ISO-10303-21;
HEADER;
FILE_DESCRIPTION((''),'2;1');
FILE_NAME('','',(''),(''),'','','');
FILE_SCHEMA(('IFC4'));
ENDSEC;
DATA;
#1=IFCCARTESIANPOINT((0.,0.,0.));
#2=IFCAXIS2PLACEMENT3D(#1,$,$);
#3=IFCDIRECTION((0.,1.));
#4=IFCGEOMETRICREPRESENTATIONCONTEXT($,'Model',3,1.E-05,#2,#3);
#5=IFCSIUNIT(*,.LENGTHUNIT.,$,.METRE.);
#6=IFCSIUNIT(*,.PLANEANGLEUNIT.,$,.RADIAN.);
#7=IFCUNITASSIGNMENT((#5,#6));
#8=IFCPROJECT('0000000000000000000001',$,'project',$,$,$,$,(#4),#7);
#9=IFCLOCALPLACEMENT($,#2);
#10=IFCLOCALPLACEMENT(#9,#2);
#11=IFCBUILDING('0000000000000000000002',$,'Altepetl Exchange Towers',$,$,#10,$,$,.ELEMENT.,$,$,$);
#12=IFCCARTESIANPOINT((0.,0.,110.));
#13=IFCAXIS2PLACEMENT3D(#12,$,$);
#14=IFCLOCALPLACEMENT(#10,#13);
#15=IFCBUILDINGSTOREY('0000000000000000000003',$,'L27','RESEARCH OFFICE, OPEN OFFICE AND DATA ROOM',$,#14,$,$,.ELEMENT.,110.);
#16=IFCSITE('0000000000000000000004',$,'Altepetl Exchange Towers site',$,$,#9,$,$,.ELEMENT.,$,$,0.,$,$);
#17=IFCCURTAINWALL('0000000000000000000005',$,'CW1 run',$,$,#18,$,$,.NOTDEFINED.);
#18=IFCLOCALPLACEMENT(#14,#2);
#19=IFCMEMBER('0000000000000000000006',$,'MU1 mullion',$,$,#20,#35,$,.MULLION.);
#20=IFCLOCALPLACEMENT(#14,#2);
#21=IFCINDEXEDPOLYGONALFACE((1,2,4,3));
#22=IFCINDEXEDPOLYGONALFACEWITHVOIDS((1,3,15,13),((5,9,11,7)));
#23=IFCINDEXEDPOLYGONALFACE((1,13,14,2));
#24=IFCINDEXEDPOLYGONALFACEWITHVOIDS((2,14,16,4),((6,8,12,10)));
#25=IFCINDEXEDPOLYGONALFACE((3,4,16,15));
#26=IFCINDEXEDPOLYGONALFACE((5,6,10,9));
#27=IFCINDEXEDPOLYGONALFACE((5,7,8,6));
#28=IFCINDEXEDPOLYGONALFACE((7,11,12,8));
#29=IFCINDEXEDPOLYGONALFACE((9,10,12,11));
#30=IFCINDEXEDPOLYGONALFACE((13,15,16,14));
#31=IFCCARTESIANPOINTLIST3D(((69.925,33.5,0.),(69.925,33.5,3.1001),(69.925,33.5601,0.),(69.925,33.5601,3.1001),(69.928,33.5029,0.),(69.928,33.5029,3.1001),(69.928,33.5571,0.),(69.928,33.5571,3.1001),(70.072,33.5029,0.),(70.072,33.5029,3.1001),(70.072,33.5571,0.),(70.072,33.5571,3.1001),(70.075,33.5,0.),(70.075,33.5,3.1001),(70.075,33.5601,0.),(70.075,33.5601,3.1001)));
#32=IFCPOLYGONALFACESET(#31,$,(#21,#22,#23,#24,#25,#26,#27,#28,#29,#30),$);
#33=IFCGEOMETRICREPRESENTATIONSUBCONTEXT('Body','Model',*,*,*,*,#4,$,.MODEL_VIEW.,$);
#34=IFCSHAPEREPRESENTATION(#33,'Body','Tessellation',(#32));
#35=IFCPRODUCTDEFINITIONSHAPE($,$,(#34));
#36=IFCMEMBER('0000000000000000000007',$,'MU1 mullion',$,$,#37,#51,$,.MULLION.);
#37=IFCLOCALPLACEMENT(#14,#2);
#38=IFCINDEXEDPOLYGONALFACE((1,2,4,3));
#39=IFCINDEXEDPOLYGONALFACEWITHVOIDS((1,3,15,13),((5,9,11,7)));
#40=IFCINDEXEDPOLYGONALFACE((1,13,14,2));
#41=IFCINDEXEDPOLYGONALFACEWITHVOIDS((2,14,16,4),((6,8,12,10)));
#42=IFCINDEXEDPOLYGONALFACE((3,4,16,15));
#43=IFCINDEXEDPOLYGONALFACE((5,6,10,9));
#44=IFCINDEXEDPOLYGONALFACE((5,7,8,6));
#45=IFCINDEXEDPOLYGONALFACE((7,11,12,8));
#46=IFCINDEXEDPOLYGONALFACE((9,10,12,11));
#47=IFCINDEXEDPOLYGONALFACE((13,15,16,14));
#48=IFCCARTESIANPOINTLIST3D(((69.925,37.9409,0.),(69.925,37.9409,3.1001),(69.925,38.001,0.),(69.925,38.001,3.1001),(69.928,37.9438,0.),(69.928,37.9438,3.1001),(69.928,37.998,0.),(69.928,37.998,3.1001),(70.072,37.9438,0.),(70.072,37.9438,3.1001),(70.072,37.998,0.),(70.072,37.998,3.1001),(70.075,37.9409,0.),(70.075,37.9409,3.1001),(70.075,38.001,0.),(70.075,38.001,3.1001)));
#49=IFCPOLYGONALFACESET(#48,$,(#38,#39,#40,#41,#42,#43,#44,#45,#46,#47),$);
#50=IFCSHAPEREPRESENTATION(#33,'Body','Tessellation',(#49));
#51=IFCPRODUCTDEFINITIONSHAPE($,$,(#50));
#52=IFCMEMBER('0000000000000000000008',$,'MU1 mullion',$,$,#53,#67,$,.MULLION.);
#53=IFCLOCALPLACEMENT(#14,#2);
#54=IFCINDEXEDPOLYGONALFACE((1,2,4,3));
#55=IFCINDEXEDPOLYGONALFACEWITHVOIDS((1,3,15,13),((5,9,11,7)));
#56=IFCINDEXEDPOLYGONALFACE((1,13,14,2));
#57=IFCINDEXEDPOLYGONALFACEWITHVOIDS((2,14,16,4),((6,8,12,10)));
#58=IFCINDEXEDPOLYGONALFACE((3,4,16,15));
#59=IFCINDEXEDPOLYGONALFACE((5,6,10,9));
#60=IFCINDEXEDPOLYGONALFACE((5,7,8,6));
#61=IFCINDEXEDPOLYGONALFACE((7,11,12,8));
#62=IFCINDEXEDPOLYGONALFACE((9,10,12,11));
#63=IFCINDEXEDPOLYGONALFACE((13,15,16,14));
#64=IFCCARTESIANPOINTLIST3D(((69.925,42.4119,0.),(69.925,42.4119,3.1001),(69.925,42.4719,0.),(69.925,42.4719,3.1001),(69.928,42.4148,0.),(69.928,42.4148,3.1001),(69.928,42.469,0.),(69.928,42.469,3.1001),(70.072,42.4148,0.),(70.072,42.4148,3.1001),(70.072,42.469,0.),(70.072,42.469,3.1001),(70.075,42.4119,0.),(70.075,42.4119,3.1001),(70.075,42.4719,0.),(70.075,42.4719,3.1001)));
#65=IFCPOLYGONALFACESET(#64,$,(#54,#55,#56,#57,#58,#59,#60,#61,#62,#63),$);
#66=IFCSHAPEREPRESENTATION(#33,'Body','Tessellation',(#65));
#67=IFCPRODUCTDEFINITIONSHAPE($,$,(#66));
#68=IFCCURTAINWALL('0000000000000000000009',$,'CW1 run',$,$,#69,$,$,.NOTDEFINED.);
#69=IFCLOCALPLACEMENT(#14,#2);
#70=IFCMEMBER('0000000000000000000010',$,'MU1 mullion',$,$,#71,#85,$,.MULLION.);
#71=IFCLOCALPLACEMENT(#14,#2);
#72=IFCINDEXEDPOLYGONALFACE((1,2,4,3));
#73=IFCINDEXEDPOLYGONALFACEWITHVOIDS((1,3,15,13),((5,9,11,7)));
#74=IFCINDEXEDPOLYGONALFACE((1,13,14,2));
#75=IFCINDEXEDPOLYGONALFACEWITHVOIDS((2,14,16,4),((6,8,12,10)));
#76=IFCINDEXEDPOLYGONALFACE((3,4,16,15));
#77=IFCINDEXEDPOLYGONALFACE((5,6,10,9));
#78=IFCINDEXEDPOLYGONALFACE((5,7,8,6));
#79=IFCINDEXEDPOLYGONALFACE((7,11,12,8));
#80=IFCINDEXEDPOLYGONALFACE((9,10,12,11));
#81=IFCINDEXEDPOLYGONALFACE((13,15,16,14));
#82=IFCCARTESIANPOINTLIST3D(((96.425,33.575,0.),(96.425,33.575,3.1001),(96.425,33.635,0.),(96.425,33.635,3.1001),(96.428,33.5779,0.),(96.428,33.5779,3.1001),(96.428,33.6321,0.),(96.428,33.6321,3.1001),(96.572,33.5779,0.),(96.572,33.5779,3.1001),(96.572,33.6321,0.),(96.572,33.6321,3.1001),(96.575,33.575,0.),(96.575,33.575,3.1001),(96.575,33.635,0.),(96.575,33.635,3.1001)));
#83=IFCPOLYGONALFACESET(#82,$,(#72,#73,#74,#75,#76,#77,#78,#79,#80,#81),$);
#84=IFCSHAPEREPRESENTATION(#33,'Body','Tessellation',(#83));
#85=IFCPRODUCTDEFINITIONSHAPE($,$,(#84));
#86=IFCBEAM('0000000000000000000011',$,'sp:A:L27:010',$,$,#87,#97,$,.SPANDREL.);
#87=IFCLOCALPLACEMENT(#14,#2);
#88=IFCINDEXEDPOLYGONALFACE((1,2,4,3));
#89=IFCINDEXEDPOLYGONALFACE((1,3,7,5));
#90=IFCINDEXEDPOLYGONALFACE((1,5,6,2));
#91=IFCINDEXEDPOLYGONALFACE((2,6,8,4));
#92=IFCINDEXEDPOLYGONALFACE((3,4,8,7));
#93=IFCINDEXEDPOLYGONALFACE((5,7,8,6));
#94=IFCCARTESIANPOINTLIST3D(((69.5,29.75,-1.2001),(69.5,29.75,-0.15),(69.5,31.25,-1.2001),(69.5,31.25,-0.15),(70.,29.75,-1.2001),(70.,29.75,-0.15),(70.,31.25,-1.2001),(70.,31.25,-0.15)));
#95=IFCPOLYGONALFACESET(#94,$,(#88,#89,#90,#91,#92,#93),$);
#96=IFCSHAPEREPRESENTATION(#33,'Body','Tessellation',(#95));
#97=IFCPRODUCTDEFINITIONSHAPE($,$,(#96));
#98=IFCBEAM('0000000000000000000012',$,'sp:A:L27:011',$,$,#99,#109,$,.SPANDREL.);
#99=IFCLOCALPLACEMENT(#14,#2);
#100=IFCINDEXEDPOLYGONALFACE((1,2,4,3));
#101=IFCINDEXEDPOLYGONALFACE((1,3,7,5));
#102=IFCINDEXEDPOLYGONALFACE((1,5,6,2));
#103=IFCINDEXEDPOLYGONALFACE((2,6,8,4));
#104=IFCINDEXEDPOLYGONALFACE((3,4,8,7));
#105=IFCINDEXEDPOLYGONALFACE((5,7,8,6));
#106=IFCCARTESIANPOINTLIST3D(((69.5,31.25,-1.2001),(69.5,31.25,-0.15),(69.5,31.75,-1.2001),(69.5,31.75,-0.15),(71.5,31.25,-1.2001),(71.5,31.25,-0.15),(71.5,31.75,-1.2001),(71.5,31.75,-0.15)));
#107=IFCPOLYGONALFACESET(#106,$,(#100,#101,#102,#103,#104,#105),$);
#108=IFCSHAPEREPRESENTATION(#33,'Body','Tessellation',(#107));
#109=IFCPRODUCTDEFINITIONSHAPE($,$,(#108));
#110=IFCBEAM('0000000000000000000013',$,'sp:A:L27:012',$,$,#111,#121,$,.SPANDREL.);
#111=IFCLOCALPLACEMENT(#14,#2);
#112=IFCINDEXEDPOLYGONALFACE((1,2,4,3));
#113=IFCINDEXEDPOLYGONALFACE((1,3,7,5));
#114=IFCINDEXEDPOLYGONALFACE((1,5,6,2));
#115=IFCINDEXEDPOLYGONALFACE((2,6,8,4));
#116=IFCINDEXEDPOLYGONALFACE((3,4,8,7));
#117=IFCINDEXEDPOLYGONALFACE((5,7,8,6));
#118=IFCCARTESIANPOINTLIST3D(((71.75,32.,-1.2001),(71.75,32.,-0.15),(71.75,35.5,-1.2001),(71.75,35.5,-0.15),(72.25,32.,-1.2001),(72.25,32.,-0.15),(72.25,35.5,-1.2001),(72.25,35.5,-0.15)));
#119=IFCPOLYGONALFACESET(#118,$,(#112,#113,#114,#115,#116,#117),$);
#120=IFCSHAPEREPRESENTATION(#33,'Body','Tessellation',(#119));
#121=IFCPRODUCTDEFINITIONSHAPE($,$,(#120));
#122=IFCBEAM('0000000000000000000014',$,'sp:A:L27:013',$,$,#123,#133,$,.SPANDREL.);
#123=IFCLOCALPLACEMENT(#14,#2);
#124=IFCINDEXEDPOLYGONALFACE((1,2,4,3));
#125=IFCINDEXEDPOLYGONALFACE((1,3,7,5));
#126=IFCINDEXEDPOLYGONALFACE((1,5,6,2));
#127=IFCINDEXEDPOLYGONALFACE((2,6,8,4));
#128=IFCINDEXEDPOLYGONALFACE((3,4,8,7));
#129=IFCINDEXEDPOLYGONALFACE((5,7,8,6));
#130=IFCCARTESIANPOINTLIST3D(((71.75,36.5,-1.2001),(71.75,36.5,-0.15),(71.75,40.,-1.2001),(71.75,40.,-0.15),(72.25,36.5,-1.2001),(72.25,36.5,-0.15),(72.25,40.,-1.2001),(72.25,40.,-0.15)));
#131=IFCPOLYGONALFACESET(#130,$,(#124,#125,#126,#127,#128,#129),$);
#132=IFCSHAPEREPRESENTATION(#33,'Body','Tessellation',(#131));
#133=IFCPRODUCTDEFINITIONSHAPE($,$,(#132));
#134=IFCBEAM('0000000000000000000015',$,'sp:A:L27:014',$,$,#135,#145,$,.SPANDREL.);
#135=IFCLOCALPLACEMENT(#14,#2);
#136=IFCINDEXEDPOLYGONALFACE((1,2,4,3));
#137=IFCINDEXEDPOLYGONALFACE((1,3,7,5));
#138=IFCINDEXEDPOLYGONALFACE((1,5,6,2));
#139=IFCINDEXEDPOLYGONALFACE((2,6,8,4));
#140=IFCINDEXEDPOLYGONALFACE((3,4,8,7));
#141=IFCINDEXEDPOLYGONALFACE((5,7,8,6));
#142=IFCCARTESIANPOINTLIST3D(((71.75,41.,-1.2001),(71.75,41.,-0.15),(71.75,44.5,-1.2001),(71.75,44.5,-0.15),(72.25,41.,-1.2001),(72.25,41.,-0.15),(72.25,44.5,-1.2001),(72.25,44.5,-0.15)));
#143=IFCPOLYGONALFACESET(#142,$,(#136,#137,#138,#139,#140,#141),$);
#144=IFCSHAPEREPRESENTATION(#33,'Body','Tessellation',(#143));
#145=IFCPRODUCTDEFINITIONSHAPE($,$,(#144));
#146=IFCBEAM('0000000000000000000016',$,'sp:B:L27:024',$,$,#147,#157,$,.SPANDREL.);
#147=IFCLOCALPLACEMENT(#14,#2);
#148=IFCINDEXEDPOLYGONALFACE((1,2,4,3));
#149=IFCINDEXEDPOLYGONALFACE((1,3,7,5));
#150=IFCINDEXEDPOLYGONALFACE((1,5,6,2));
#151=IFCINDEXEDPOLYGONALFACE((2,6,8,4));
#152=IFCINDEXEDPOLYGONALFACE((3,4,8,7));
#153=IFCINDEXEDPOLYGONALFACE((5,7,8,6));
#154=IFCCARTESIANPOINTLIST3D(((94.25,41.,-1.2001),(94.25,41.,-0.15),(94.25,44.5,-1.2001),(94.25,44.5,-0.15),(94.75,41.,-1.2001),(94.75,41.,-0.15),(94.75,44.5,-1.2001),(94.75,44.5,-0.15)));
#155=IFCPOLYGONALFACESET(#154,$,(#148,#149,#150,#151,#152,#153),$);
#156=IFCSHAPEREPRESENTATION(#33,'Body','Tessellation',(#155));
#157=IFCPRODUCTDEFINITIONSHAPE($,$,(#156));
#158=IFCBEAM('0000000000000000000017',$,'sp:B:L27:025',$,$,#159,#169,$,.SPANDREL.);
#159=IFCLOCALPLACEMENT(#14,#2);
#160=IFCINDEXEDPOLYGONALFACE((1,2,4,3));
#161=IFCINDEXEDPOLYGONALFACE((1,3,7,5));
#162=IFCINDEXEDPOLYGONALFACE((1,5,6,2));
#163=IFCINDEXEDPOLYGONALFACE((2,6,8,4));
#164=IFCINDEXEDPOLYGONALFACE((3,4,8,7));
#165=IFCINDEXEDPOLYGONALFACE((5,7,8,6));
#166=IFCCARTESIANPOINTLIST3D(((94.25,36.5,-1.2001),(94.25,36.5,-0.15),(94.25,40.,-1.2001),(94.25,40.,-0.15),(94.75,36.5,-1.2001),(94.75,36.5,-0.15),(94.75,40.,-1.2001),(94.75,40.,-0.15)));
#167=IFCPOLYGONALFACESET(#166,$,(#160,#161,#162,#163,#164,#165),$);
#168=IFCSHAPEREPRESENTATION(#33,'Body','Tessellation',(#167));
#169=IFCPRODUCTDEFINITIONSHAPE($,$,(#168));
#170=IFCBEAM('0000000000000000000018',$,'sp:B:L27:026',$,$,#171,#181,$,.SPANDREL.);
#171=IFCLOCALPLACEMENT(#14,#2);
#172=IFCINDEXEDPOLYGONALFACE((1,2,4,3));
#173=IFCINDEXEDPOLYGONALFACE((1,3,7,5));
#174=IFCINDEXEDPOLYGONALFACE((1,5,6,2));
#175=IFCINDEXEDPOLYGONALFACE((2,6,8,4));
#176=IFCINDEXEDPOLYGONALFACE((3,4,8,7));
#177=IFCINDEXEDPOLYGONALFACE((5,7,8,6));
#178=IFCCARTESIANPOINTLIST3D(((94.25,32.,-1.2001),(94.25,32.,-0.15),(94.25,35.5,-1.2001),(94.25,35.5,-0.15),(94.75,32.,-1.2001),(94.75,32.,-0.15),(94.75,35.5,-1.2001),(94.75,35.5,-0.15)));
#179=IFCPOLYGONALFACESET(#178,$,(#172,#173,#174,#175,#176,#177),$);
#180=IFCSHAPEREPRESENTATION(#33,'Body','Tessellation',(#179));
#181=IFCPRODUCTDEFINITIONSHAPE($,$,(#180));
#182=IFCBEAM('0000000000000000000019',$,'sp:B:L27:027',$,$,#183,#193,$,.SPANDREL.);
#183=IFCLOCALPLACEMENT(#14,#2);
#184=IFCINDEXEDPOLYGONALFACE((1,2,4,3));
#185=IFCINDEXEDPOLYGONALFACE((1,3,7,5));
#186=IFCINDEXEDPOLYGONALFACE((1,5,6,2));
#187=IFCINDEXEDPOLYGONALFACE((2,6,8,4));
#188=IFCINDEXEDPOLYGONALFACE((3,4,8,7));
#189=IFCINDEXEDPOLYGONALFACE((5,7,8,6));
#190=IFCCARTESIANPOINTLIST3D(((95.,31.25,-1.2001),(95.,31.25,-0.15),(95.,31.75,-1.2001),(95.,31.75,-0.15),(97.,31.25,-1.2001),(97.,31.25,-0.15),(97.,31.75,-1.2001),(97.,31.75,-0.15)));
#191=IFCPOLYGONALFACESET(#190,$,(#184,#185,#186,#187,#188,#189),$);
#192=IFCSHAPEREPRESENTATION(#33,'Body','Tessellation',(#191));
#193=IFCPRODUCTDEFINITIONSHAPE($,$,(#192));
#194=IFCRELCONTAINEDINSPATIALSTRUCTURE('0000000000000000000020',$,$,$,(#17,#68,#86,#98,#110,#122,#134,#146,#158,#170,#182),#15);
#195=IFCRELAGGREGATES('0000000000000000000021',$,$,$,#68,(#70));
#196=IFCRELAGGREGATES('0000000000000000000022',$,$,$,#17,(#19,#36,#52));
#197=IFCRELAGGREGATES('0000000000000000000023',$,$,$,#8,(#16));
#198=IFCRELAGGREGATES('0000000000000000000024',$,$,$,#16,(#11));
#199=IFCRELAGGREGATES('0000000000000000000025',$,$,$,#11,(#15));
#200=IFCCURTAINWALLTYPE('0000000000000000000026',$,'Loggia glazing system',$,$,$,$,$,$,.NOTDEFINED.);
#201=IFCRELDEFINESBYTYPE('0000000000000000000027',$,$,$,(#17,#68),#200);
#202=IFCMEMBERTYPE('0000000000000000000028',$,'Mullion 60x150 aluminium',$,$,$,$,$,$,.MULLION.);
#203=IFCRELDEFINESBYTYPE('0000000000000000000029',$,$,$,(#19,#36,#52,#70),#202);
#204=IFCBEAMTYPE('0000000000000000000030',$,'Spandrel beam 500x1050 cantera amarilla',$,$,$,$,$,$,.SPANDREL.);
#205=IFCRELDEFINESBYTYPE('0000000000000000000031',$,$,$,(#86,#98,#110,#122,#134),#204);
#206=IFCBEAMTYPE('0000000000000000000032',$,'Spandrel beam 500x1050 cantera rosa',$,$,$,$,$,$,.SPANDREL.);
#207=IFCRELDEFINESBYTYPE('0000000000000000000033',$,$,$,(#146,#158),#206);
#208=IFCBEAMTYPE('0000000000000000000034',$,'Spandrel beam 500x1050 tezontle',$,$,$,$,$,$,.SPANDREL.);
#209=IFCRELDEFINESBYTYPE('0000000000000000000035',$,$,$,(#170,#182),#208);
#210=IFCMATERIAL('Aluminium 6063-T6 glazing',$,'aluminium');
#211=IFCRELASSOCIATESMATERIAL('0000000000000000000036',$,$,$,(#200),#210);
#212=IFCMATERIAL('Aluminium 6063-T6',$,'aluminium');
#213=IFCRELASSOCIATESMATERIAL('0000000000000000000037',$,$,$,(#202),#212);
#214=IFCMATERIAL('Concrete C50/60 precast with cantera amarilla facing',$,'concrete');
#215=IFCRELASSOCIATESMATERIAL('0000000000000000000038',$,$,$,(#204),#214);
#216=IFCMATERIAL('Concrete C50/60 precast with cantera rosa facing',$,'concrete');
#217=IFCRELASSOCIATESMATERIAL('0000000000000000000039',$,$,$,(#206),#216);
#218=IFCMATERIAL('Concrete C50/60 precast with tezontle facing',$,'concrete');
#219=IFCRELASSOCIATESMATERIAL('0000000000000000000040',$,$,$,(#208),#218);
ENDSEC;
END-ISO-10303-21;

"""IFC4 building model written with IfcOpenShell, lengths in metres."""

from ifc_helpers import new_model, si_unit, direction, frame, origin, origin_2d, place, context, subcontext, project, spatial, rectangle, hollow_rectangle, extrude, material, material_profile, profile_set, type_object, element, aggregate, save


model = new_model("IFC4")

# Units and contexts
model_context = context("Model", 3, precision=1e-05, world=origin(), true_north=direction((0.0, 1.0)))
body_context = subcontext(model_context, "Body", "Model", "MODEL_VIEW")
ifc_project = project(units=[si_unit("LENGTHUNIT", "METRE"), si_unit("PLANEANGLEUNIT", "RADIAN")], contexts=[model_context])

# Site, building, storey
site_placement = place(None, origin())
site = spatial("IfcSite", under=ifc_project, at=site_placement, Name="Altepetl Exchange Towers site", CompositionType="ELEMENT", RefElevation=0.0)
building_placement = place(site_placement, origin())
building = spatial("IfcBuilding", under=site, at=building_placement, Name="Altepetl Exchange Towers", CompositionType="ELEMENT")
storey_placement = place(building_placement, frame((0.0, 0.0, 110.0)))
storey = spatial("IfcBuildingStorey", under=building, at=storey_placement, Name="L27", Description="RESEARCH OFFICE, OPEN OFFICE AND DATA ROOM", CompositionType="ELEMENT", Elevation=110.0)

# Curtain wall, members
ifc_material_1 = material(Name="Aluminium 6063-T6 glazing", Category="aluminium")
curtain_wall_type = type_object("IfcCurtainWallType", Name="Loggia glazing system", PredefinedType="NOTDEFINED", material=ifc_material_1)
ifc_material_2 = material(Name="Aluminium 6063-T6", Category="aluminium")
ifc_material_profile_1 = material_profile(ifc_material_2, hollow_rectangle(XDim=0.0601, YDim=0.1499, WallThickness=0.0029, at=origin_2d()), Name="Mullion 60x150 aluminium")
ifc_profile_set_1 = profile_set([ifc_material_profile_1], Name="Aluminium 6063-T6")
member_type = type_object("IfcMemberType", Name="Mullion 60x150 aluminium", PredefinedType="MULLION", material=ifc_profile_set_1)
curtain_wall_1_placement = place(storey_placement, origin())
curtain_wall_1 = element("IfcCurtainWall", 1, at=curtain_wall_1_placement, inside=storey, type_object=curtain_wall_type, Name="CW1 run", PredefinedType="NOTDEFINED")
member_1_placement = place(storey_placement, frame((70.0, 33.53, 0.0), z_axis=(0.0, 0.0, 1.0), x_axis=(0.0, 1.0, 0.0)))
member_1 = element("IfcMember", 2, at=member_1_placement, type_object=member_type, Name="MU1 mullion", PredefinedType="MULLION", context=body_context, shape_type="SweptSolid", body=[
    extrude(hollow_rectangle(XDim=0.0601, YDim=0.1499, WallThickness=0.0029, at=origin_2d()), origin(), (0.0, 0.0, 1.0), 3.1001),
])
member_2_placement = place(storey_placement, frame((70.0, 37.9709, 0.0), z_axis=(0.0, 0.0, 1.0), x_axis=(0.0, 1.0, 0.0)))
member_2 = element("IfcMember", 3, at=member_2_placement, type_object=member_type, Name="MU1 mullion", PredefinedType="MULLION", context=body_context, shape_type="SweptSolid", body=[
    extrude(hollow_rectangle(XDim=0.0601, YDim=0.1499, WallThickness=0.0029, at=origin_2d()), origin(), (0.0, 0.0, 1.0), 3.1001),
])
member_3_placement = place(storey_placement, frame((70.0, 42.4419, 0.0), z_axis=(0.0, 0.0, 1.0), x_axis=(0.0, 1.0, 0.0)))
member_3 = element("IfcMember", 4, at=member_3_placement, type_object=member_type, Name="MU1 mullion", PredefinedType="MULLION", context=body_context, shape_type="SweptSolid", body=[
    extrude(hollow_rectangle(XDim=0.0601, YDim=0.1499, WallThickness=0.0029, at=origin_2d()), origin(), (0.0, 0.0, 1.0), 3.1001),
])

# Curtain wall, member
curtain_wall_2_placement = place(storey_placement, origin())
curtain_wall_2 = element("IfcCurtainWall", 5, at=curtain_wall_2_placement, inside=storey, type_object=curtain_wall_type, Name="CW1 run", PredefinedType="NOTDEFINED")
member_4_placement = place(storey_placement, frame((96.5, 33.605, 0.0), z_axis=(0.0, 0.0, 1.0), x_axis=(0.0, -1.0, 0.0)))
member_4 = element("IfcMember", 6, at=member_4_placement, type_object=member_type, Name="MU1 mullion", PredefinedType="MULLION", context=body_context, shape_type="SweptSolid", body=[
    extrude(hollow_rectangle(XDim=0.0601, YDim=0.1499, WallThickness=0.0029, at=origin_2d()), origin(), (0.0, 0.0, 1.0), 3.1001),
])
aggregate(curtain_wall_2, [member_4])

# Beams
ifc_material_3 = material(Name="Concrete C50/60 precast with cantera amarilla facing", Category="concrete")
ifc_material_profile_2 = material_profile(ifc_material_3, rectangle(XDim=0.5, YDim=1.05, at=origin_2d()), Name="500 x 1050")
ifc_profile_set_2 = profile_set([ifc_material_profile_2], Name="Concrete C50/60 precast with cantera amarilla facing")
beam_type_1 = type_object("IfcBeamType", Name="Spandrel beam 500x1050 cantera amarilla", PredefinedType="SPANDREL", material=ifc_profile_set_2)
beam_1_placement = place(storey_placement, frame((69.75, 29.75, -0.675), z_axis=(0.0, 1.0, 0.0), x_axis=(-1.0, 0.0, 0.0)))
element("IfcBeam", 7, at=beam_1_placement, inside=storey, type_object=beam_type_1, Name="sp:A:L27:010", PredefinedType="SPANDREL", context=body_context, shape_type="SweptSolid", body=[
    extrude(rectangle(XDim=0.5, YDim=1.05, at=origin_2d()), origin(), (0.0, 0.0, 1.0), 1.5),
])
beam_2_placement = place(storey_placement, frame((69.5, 31.5, -0.675), z_axis=(1.0, 0.0, 0.0), x_axis=(0.0, 1.0, 0.0)))
element("IfcBeam", 8, at=beam_2_placement, inside=storey, type_object=beam_type_1, Name="sp:A:L27:011", PredefinedType="SPANDREL", context=body_context, shape_type="SweptSolid", body=[
    extrude(rectangle(XDim=0.5, YDim=1.05, at=origin_2d()), origin(), (0.0, 0.0, 1.0), 2.0),
])
for number, where, z_axis, x_axis, name in (
    (9, (72.0, 32.0, -0.675), (0.0, 1.0, 0.0), (-1.0, 0.0, 0.0), "sp:A:L27:012"),
    (10, (72.0, 36.5, -0.675), (0.0, 1.0, 0.0), (-1.0, 0.0, 0.0), "sp:A:L27:013"),
    (11, (72.0, 41.0, -0.675), (0.0, 1.0, 0.0), (-1.0, 0.0, 0.0), "sp:A:L27:014"),
):
    element("IfcBeam", number, at=place(storey_placement, frame(where, z_axis=z_axis, x_axis=x_axis)), inside=storey, type_object=beam_type_1, Name=name, PredefinedType="SPANDREL", context=body_context, shape_type="SweptSolid", body=[
        extrude(rectangle(XDim=0.5, YDim=1.05, at=origin_2d()), origin(), (0.0, 0.0, 1.0), 3.5),
    ])
ifc_material_4 = material(Name="Concrete C50/60 precast with cantera rosa facing", Category="concrete")
ifc_material_profile_3 = material_profile(ifc_material_4, rectangle(XDim=0.5, YDim=1.05, at=origin_2d()), Name="500 x 1050")
ifc_profile_set_3 = profile_set([ifc_material_profile_3], Name="Concrete C50/60 precast with cantera rosa facing")
beam_type_2 = type_object("IfcBeamType", Name="Spandrel beam 500x1050 cantera rosa", PredefinedType="SPANDREL", material=ifc_profile_set_3)
for number, where, z_axis, x_axis, name in (
    (12, (94.5, 44.5, -0.675), (0.0, -1.0, 0.0), (1.0, 0.0, 0.0), "sp:B:L27:024"),
    (13, (94.5, 40.0, -0.675), (0.0, -1.0, 0.0), (1.0, 0.0, 0.0), "sp:B:L27:025"),
):
    element("IfcBeam", number, at=place(storey_placement, frame(where, z_axis=z_axis, x_axis=x_axis)), inside=storey, type_object=beam_type_2, Name=name, PredefinedType="SPANDREL", context=body_context, shape_type="SweptSolid", body=[
        extrude(rectangle(XDim=0.5, YDim=1.05, at=origin_2d()), origin(), (0.0, 0.0, 1.0), 3.5),
    ])
ifc_material_5 = material(Name="Concrete C50/60 precast with tezontle facing", Category="concrete")
ifc_material_profile_4 = material_profile(ifc_material_5, rectangle(XDim=0.5, YDim=1.05, at=origin_2d()), Name="500 x 1050")
ifc_profile_set_4 = profile_set([ifc_material_profile_4], Name="Concrete C50/60 precast with tezontle facing")
beam_type_3 = type_object("IfcBeamType", Name="Spandrel beam 500x1050 tezontle", PredefinedType="SPANDREL", material=ifc_profile_set_4)
beam_3_placement = place(storey_placement, frame((94.5, 35.5, -0.675), z_axis=(0.0, -1.0, 0.0), x_axis=(1.0, 0.0, 0.0)))
element("IfcBeam", 14, at=beam_3_placement, inside=storey, type_object=beam_type_3, Name="sp:B:L27:026", PredefinedType="SPANDREL", context=body_context, shape_type="SweptSolid", body=[
    extrude(rectangle(XDim=0.5, YDim=1.05, at=origin_2d()), origin(), (0.0, 0.0, 1.0), 3.5),
])
beam_4_placement = place(storey_placement, frame((95.0, 31.5, -0.675), z_axis=(1.0, 0.0, 0.0), x_axis=(0.0, 1.0, 0.0)))
element("IfcBeam", 15, at=beam_4_placement, inside=storey, type_object=beam_type_3, Name="sp:B:L27:027", PredefinedType="SPANDREL", context=body_context, shape_type="SweptSolid", body=[
    extrude(rectangle(XDim=0.5, YDim=1.05, at=origin_2d()), origin(), (0.0, 0.0, 1.0), 2.0),
])

aggregate(curtain_wall_1, [member_1, member_2, member_3])

save(model, "model.ifc")
